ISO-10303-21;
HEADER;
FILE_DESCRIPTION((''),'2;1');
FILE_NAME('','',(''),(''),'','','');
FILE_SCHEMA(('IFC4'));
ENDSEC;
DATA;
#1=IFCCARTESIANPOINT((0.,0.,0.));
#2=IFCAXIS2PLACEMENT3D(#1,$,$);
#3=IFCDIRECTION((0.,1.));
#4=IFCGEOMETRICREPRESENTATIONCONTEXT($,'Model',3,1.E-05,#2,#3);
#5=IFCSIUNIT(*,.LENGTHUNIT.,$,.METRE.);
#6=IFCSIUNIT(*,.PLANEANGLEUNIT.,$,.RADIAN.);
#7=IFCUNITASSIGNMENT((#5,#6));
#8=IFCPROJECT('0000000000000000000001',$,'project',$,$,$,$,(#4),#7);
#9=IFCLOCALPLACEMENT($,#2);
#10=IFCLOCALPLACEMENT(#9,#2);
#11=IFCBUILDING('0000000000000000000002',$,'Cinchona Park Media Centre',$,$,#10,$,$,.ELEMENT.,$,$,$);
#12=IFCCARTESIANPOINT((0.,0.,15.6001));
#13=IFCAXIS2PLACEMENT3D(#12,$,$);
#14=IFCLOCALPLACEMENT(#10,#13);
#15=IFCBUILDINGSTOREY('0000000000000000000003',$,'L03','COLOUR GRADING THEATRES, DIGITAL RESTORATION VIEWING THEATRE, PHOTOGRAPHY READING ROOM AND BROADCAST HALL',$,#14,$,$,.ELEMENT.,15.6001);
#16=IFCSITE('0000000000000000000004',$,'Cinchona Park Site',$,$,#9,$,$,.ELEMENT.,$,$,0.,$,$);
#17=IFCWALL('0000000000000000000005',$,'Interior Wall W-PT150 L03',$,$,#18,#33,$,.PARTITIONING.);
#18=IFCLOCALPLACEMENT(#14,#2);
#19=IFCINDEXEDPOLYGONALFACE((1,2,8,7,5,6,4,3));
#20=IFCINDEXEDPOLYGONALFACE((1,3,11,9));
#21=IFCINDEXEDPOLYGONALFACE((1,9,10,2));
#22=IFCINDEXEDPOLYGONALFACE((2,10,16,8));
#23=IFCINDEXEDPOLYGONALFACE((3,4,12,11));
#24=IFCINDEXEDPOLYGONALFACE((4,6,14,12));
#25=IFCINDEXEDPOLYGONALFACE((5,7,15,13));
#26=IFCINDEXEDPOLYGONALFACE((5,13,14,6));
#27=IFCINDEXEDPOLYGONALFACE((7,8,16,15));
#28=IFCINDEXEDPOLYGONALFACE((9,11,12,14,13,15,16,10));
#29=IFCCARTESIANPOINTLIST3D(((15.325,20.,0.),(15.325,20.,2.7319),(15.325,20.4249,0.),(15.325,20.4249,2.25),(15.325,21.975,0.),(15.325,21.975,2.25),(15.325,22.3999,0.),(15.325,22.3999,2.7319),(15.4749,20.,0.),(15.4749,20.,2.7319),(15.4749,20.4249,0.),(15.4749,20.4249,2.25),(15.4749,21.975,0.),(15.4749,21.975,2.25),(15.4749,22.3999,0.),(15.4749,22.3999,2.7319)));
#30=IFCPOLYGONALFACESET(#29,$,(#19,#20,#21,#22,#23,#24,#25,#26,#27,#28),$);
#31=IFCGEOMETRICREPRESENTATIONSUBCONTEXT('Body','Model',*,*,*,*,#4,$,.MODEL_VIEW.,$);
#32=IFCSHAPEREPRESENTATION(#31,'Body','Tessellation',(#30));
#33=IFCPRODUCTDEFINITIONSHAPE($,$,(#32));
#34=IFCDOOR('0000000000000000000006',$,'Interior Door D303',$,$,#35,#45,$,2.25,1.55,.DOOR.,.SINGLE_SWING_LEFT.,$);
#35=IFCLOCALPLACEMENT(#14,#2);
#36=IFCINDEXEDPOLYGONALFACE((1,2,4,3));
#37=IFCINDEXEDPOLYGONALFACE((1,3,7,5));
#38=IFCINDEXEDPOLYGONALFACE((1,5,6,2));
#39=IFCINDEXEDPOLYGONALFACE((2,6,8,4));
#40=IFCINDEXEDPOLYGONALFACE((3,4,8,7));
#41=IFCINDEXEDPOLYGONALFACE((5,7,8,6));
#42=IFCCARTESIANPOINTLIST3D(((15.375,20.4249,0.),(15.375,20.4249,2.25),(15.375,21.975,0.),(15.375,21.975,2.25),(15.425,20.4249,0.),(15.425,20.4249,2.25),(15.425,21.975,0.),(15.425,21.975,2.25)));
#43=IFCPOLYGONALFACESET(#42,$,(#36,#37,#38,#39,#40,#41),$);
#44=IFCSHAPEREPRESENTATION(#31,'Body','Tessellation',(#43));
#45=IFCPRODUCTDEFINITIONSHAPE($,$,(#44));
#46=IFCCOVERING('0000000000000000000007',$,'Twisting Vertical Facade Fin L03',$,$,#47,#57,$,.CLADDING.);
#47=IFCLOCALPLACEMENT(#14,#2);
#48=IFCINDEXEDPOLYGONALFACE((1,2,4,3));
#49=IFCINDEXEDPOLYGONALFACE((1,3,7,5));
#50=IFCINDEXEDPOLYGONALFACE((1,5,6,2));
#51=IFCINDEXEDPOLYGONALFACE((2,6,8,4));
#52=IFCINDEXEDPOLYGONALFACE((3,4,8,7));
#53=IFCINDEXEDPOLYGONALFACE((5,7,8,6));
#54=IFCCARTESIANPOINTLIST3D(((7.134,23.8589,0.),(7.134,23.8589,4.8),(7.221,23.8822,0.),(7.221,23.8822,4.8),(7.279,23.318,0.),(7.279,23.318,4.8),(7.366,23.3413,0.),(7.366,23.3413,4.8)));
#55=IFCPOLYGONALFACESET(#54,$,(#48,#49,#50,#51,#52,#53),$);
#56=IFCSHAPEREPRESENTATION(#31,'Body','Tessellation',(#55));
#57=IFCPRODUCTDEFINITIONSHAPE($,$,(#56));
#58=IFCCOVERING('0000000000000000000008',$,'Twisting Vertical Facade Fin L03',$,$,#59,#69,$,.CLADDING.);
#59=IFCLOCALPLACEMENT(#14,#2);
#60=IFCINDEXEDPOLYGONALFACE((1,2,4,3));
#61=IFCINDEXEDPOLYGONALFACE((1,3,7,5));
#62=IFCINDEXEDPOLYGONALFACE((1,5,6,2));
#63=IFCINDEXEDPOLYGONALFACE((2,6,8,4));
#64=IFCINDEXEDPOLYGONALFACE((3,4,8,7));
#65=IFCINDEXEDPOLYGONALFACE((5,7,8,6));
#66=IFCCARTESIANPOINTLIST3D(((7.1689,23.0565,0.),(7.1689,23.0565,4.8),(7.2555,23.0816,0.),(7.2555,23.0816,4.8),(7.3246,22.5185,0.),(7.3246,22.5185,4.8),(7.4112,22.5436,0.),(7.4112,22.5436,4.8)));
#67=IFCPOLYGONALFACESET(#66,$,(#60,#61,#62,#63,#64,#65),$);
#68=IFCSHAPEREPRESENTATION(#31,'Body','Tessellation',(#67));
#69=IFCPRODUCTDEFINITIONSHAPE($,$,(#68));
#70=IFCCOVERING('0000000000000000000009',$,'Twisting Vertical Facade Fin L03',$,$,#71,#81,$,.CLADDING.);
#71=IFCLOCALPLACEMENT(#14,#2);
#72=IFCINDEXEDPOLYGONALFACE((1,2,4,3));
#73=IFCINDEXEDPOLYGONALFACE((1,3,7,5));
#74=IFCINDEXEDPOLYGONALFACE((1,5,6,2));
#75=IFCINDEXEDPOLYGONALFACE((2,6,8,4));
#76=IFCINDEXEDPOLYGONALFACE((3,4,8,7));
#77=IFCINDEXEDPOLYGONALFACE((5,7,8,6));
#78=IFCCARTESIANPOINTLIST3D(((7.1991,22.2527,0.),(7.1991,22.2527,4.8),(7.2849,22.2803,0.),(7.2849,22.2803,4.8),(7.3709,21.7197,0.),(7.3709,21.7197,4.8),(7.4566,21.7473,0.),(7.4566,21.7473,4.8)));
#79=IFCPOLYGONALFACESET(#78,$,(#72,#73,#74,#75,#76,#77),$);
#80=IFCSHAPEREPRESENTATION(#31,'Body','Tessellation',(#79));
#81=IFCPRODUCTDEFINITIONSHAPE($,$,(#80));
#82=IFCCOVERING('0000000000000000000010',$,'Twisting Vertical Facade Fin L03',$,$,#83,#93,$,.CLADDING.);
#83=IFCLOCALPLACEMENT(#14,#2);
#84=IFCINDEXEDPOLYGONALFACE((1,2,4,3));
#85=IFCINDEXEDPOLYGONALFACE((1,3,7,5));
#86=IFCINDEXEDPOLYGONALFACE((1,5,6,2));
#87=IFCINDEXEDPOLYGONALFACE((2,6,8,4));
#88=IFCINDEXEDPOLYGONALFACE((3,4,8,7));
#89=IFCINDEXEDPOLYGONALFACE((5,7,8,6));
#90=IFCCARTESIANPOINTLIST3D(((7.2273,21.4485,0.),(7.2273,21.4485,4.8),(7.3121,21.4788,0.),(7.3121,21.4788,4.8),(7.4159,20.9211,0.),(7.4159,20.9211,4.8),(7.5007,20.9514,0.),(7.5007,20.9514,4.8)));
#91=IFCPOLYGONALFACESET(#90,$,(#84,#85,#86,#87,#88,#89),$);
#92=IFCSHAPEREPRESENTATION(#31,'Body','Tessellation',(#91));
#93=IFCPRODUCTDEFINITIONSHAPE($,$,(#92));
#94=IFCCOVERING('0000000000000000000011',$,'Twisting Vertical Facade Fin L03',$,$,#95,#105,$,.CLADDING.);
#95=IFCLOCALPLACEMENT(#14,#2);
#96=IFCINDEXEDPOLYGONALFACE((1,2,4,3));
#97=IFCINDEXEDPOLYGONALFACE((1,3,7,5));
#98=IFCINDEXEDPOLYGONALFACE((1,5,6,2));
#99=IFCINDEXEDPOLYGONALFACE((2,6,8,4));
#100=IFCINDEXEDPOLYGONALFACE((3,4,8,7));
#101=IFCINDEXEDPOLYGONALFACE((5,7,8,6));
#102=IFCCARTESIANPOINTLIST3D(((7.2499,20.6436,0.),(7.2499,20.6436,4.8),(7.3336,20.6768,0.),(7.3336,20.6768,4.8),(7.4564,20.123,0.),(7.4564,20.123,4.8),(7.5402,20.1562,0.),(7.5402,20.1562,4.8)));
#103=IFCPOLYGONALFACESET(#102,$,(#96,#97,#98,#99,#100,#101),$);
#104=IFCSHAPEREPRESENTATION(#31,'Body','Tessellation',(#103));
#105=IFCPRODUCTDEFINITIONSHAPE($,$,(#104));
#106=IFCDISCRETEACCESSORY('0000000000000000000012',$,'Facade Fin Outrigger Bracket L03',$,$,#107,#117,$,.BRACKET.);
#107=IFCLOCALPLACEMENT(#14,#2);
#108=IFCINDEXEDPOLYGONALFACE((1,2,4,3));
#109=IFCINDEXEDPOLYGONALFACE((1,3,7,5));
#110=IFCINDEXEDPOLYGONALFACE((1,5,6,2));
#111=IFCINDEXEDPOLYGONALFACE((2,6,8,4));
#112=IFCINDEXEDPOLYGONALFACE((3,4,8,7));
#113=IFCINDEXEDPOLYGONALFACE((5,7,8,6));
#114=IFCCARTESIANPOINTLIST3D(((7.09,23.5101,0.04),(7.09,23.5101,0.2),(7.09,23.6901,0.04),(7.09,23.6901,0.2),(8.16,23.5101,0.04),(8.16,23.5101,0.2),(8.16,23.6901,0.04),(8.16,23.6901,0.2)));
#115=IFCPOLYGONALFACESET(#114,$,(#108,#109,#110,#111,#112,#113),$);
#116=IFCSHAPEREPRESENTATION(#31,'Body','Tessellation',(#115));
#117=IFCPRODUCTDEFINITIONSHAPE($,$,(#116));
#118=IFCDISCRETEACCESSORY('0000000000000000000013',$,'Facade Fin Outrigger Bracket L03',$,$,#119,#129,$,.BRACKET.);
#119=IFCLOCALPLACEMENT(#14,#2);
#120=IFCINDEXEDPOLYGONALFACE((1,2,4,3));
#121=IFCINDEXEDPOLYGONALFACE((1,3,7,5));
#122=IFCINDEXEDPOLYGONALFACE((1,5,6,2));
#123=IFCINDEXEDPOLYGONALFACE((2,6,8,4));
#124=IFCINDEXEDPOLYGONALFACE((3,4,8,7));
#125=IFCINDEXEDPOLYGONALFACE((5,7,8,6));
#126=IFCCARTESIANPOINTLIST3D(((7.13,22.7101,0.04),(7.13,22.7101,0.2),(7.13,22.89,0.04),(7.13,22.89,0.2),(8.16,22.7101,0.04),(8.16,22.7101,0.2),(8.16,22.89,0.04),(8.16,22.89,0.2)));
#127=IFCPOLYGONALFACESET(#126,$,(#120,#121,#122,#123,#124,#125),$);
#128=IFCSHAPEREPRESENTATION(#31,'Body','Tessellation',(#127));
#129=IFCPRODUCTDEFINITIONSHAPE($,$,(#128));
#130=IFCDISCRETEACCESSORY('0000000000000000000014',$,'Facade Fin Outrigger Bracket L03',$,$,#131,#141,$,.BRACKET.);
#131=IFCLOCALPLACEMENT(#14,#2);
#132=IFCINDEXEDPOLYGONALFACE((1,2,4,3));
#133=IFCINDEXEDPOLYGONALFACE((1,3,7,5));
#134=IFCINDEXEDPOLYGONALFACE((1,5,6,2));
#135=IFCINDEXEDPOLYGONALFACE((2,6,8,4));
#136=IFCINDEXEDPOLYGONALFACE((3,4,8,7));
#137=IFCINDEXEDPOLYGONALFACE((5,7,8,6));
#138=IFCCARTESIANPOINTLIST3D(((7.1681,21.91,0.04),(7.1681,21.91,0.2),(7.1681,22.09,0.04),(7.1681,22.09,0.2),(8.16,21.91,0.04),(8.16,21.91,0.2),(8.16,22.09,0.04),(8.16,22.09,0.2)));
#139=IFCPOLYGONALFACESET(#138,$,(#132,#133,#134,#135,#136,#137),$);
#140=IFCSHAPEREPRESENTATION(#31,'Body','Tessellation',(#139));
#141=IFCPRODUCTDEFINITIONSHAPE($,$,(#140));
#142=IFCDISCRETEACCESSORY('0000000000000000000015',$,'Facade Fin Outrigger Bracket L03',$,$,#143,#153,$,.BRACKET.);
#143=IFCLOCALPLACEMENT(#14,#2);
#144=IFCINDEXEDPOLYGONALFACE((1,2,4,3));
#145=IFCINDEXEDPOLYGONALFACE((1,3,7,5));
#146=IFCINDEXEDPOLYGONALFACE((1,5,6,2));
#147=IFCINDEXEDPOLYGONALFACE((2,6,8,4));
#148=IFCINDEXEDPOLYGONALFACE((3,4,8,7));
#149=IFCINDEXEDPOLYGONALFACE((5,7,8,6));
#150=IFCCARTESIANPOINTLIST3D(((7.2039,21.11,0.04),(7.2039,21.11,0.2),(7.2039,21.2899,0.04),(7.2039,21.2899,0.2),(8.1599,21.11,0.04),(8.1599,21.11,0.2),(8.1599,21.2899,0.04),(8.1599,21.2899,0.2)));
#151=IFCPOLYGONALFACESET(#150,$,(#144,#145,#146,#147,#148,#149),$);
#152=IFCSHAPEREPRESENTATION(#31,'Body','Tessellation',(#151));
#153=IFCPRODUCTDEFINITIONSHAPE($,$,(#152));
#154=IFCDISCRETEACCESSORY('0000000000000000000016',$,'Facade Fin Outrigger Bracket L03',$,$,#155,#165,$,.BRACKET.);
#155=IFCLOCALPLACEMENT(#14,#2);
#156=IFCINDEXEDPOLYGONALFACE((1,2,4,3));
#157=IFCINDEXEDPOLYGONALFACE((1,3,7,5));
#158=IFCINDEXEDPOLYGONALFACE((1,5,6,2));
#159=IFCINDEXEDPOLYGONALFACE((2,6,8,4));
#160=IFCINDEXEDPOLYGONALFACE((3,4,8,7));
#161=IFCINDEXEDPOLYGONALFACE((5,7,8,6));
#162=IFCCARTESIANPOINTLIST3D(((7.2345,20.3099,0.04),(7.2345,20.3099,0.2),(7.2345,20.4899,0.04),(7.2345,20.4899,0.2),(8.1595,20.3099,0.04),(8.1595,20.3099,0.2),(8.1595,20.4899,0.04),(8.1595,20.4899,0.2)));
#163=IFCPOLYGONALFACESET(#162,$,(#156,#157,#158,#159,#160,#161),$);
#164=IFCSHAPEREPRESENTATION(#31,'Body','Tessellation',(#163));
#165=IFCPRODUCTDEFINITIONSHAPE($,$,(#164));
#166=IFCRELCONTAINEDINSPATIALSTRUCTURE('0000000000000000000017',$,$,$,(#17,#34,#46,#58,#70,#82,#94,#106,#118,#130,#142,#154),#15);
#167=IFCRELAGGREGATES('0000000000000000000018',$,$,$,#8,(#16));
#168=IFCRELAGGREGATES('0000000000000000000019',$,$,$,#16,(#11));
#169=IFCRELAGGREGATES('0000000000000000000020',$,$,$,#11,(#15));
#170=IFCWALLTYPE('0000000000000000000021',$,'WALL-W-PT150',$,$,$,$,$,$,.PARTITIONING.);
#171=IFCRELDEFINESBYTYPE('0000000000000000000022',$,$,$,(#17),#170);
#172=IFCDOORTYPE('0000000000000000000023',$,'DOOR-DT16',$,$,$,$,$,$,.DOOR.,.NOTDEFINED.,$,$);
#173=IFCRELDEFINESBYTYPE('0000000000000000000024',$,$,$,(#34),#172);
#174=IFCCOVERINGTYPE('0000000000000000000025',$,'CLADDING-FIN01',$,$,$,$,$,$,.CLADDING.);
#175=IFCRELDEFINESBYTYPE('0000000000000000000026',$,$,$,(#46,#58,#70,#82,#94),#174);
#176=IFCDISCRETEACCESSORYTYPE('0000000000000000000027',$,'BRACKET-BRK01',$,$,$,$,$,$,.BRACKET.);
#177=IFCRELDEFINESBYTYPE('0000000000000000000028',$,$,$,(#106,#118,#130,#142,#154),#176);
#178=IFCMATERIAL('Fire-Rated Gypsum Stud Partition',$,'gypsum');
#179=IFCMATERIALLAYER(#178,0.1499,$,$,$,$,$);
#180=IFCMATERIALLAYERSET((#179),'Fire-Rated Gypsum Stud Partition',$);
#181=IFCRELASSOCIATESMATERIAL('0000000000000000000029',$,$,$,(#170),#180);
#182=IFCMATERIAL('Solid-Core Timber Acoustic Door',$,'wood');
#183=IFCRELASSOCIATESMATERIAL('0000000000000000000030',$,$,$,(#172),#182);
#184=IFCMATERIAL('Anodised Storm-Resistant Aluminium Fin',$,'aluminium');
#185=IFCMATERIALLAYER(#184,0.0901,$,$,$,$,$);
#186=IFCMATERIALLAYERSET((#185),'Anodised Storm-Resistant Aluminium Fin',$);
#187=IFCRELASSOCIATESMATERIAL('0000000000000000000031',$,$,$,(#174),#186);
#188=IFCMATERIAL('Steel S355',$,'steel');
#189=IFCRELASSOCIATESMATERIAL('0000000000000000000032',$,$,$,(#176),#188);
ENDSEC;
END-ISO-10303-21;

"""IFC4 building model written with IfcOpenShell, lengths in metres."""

from ifc_helpers import new_model, si_unit, direction, frame, frame_2d, origin, origin_2d, place, context, subcontext, project, spatial, rectangle, extrude, material, layer, layer_set, type_object, element, fill, save


model = new_model("IFC4")

# Units and contexts
model_context = context("Model", 3, precision=1e-05, world=origin(), true_north=direction((0.0, 1.0)))
body_context = subcontext(model_context, "Body", "Model", "MODEL_VIEW")
ifc_project = project(units=[si_unit("LENGTHUNIT", "METRE"), si_unit("PLANEANGLEUNIT", "RADIAN")], contexts=[model_context])

# Site, building, storey
site_placement = place(None, origin())
site = spatial("IfcSite", under=ifc_project, at=site_placement, Name="Cinchona Park Site", CompositionType="ELEMENT", RefElevation=0.0)
building_placement = place(site_placement, origin())
building = spatial("IfcBuilding", under=site, at=building_placement, Name="Cinchona Park Media Centre", CompositionType="ELEMENT")
storey_placement = place(building_placement, frame((0.0, 0.0, 15.6001)))
storey = spatial("IfcBuildingStorey", under=building, at=storey_placement, Name="L03", Description="COLOUR GRADING THEATRES, DIGITAL RESTORATION VIEWING THEATRE, PHOTOGRAPHY READING ROOM AND BROADCAST HALL", CompositionType="ELEMENT", Elevation=15.6001)

# Wall, opening, door
ifc_material_1 = material(Name="Fire-Rated Gypsum Stud Partition", Category="gypsum")
ifc_layer_1 = layer(ifc_material_1, 0.1499)
ifc_layer_set_1 = layer_set([ifc_layer_1], Name="Fire-Rated Gypsum Stud Partition")
wall_type_1 = type_object("IfcWallType", Name="WALL-W-PT150", PredefinedType="PARTITIONING", material=ifc_layer_set_1)
wall_1_placement = place(storey_placement, frame((15.3999, 20.0, 0.0), z_axis=(0.0, 0.0, 1.0), x_axis=(0.0, 1.0, 0.0)))
wall_1 = element("IfcWall", 1, at=wall_1_placement, inside=storey, type_object=wall_type_1, Name="Interior Wall W-PT150 L03", PredefinedType="PARTITIONING", context=body_context, shape_type="SweptSolid", body=[
    extrude(rectangle(XDim=2.3999, YDim=0.1499, at=frame_2d((1.2, 0.0))), origin(), (0.0, 0.0, 1.0), 2.7319),
])
opening_1_placement = place(wall_1_placement, frame((0.425, 0.0, 0.0)))
opening_1 = element("IfcOpeningElement", 2, at=opening_1_placement, cuts=wall_1, PredefinedType="OPENING", context=body_context, shape_type="SweptSolid", body=[
    extrude(rectangle(XDim=1.55, YDim=2.25, at=frame_2d((0.7749, 1.125))), frame((0.0, 0.085, 0.0), z_axis=(0.0, -1.0, 0.0), x_axis=(1.0, 0.0, 0.0)), (0.0, 0.0, 1.0), 0.1699),
])
ifc_material_2 = material(Name="Solid-Core Timber Acoustic Door", Category="wood")
door_type_1 = type_object("IfcDoorType", Name="DOOR-DT16", OperationType="NOTDEFINED", PredefinedType="DOOR", material=ifc_material_2)
door_1_placement = place(opening_1_placement, origin())
door_1 = element("IfcDoor", 3, at=door_1_placement, inside=storey, type_object=door_type_1, Name="Interior Door D303", OperationType="SINGLE_SWING_LEFT", OverallHeight=2.25, OverallWidth=1.55, PredefinedType="DOOR", context=body_context, shape_type="SweptSolid", body=[
    extrude(rectangle(XDim=1.55, YDim=2.25, at=frame_2d((0.7749, 1.125))), frame((0.0, 0.0249, 0.0), z_axis=(0.0, -1.0, 0.0), x_axis=(1.0, 0.0, 0.0)), (0.0, 0.0, 1.0), 0.05),
])
fill(opening_1, door_1)

# Coverings
ifc_material_3 = material(Name="Anodised Storm-Resistant Aluminium Fin", Category="aluminium")
ifc_layer_2 = layer(ifc_material_3, 0.0901)
ifc_layer_set_2 = layer_set([ifc_layer_2], Name="Anodised Storm-Resistant Aluminium Fin")
covering_type = type_object("IfcCoveringType", Name="CLADDING-FIN01", PredefinedType="CLADDING", material=ifc_layer_set_2)
for number, where, z_axis, x_axis, name in (
    (4, (7.25, 23.6001, 0.0), (0.0, 0.0, 1.0), (0.258819, -0.965926, 0.0), "Twisting Vertical Facade Fin L03"),
    (5, (7.29, 22.8, 0.0), (0.0, 0.0, 1.0), (0.277985, -0.960585, 0.0), "Twisting Vertical Facade Fin L03"),
    (6, (7.3279, 22.0, 0.0), (0.0, 0.0, 1.0), (0.306692, -0.951809, 0.0), "Twisting Vertical Facade Fin L03"),
    (7, (7.364, 21.2, 0.0), (0.0, 0.0, 1.0), (0.336767, -0.941588, 0.0), "Twisting Vertical Facade Fin L03"),
    (8, (7.395, 20.3999, 0.0), (0.0, 0.0, 1.0), (0.368774, -0.929519, 0.0), "Twisting Vertical Facade Fin L03"),
):
    element("IfcCovering", number, at=place(storey_placement, frame(where, z_axis=z_axis, x_axis=x_axis)), inside=storey, type_object=covering_type, Name=name, PredefinedType="CLADDING", context=body_context, shape_type="SweptSolid", body=[
        extrude(rectangle(XDim=0.5601, YDim=0.0901, at=origin_2d()), origin(), (0.0, 0.0, 1.0), 4.8),
    ])

# Discrete accessories
ifc_material_4 = material(Name="Steel S355", Category="steel")
discrete_accessory_type = type_object("IfcDiscreteAccessoryType", Name="BRACKET-BRK01", PredefinedType="BRACKET", material=ifc_material_4)
discrete_accessory_1_placement = place(storey_placement, frame((7.625, 23.6001, 0.04), z_axis=(0.0, 0.0, 1.0), x_axis=(0.0, -1.0, 0.0)))
element("IfcDiscreteAccessory", 9, at=discrete_accessory_1_placement, inside=storey, type_object=discrete_accessory_type, Name="Facade Fin Outrigger Bracket L03", PredefinedType="BRACKET", context=body_context, shape_type="SweptSolid", body=[
    extrude(rectangle(XDim=0.1799, YDim=1.0701, at=origin_2d()), origin(), (0.0, 0.0, 1.0), 0.1599),
])
discrete_accessory_2_placement = place(storey_placement, frame((7.645, 22.8, 0.04), z_axis=(0.0, 0.0, 1.0), x_axis=(0.0, -1.0, 0.0)))
element("IfcDiscreteAccessory", 10, at=discrete_accessory_2_placement, inside=storey, type_object=discrete_accessory_type, Name="Facade Fin Outrigger Bracket L03", PredefinedType="BRACKET", context=body_context, shape_type="SweptSolid", body=[
    extrude(rectangle(XDim=0.1799, YDim=1.03, at=origin_2d()), origin(), (0.0, 0.0, 1.0), 0.1599),
])
discrete_accessory_3_placement = place(storey_placement, frame((7.6641, 22.0, 0.04), z_axis=(0.0, 0.0, 1.0), x_axis=(0.0, -1.0, 0.0)))
element("IfcDiscreteAccessory", 11, at=discrete_accessory_3_placement, inside=storey, type_object=discrete_accessory_type, Name="Facade Fin Outrigger Bracket L03", PredefinedType="BRACKET", context=body_context, shape_type="SweptSolid", body=[
    extrude(rectangle(XDim=0.1799, YDim=0.9919, at=origin_2d()), origin(), (0.0, 0.0, 1.0), 0.1599),
])
discrete_accessory_4_placement = place(storey_placement, frame((7.6819, 21.2, 0.04), z_axis=(0.0, 0.0, 1.0), x_axis=(0.0, -1.0, 0.0)))
element("IfcDiscreteAccessory", 12, at=discrete_accessory_4_placement, inside=storey, type_object=discrete_accessory_type, Name="Facade Fin Outrigger Bracket L03", PredefinedType="BRACKET", context=body_context, shape_type="SweptSolid", body=[
    extrude(rectangle(XDim=0.1799, YDim=0.9561, at=origin_2d()), origin(), (0.0, 0.0, 1.0), 0.1599),
])
discrete_accessory_5_placement = place(storey_placement, frame((7.697, 20.3999, 0.04), z_axis=(0.0, 0.0, 1.0), x_axis=(0.0, -1.0, 0.0)))
element("IfcDiscreteAccessory", 13, at=discrete_accessory_5_placement, inside=storey, type_object=discrete_accessory_type, Name="Facade Fin Outrigger Bracket L03", PredefinedType="BRACKET", context=body_context, shape_type="SweptSolid", body=[
    extrude(rectangle(XDim=0.1799, YDim=0.925, at=origin_2d()), origin(), (0.0, 0.0, 1.0), 0.1599),
])

save(model, "model.ifc")
